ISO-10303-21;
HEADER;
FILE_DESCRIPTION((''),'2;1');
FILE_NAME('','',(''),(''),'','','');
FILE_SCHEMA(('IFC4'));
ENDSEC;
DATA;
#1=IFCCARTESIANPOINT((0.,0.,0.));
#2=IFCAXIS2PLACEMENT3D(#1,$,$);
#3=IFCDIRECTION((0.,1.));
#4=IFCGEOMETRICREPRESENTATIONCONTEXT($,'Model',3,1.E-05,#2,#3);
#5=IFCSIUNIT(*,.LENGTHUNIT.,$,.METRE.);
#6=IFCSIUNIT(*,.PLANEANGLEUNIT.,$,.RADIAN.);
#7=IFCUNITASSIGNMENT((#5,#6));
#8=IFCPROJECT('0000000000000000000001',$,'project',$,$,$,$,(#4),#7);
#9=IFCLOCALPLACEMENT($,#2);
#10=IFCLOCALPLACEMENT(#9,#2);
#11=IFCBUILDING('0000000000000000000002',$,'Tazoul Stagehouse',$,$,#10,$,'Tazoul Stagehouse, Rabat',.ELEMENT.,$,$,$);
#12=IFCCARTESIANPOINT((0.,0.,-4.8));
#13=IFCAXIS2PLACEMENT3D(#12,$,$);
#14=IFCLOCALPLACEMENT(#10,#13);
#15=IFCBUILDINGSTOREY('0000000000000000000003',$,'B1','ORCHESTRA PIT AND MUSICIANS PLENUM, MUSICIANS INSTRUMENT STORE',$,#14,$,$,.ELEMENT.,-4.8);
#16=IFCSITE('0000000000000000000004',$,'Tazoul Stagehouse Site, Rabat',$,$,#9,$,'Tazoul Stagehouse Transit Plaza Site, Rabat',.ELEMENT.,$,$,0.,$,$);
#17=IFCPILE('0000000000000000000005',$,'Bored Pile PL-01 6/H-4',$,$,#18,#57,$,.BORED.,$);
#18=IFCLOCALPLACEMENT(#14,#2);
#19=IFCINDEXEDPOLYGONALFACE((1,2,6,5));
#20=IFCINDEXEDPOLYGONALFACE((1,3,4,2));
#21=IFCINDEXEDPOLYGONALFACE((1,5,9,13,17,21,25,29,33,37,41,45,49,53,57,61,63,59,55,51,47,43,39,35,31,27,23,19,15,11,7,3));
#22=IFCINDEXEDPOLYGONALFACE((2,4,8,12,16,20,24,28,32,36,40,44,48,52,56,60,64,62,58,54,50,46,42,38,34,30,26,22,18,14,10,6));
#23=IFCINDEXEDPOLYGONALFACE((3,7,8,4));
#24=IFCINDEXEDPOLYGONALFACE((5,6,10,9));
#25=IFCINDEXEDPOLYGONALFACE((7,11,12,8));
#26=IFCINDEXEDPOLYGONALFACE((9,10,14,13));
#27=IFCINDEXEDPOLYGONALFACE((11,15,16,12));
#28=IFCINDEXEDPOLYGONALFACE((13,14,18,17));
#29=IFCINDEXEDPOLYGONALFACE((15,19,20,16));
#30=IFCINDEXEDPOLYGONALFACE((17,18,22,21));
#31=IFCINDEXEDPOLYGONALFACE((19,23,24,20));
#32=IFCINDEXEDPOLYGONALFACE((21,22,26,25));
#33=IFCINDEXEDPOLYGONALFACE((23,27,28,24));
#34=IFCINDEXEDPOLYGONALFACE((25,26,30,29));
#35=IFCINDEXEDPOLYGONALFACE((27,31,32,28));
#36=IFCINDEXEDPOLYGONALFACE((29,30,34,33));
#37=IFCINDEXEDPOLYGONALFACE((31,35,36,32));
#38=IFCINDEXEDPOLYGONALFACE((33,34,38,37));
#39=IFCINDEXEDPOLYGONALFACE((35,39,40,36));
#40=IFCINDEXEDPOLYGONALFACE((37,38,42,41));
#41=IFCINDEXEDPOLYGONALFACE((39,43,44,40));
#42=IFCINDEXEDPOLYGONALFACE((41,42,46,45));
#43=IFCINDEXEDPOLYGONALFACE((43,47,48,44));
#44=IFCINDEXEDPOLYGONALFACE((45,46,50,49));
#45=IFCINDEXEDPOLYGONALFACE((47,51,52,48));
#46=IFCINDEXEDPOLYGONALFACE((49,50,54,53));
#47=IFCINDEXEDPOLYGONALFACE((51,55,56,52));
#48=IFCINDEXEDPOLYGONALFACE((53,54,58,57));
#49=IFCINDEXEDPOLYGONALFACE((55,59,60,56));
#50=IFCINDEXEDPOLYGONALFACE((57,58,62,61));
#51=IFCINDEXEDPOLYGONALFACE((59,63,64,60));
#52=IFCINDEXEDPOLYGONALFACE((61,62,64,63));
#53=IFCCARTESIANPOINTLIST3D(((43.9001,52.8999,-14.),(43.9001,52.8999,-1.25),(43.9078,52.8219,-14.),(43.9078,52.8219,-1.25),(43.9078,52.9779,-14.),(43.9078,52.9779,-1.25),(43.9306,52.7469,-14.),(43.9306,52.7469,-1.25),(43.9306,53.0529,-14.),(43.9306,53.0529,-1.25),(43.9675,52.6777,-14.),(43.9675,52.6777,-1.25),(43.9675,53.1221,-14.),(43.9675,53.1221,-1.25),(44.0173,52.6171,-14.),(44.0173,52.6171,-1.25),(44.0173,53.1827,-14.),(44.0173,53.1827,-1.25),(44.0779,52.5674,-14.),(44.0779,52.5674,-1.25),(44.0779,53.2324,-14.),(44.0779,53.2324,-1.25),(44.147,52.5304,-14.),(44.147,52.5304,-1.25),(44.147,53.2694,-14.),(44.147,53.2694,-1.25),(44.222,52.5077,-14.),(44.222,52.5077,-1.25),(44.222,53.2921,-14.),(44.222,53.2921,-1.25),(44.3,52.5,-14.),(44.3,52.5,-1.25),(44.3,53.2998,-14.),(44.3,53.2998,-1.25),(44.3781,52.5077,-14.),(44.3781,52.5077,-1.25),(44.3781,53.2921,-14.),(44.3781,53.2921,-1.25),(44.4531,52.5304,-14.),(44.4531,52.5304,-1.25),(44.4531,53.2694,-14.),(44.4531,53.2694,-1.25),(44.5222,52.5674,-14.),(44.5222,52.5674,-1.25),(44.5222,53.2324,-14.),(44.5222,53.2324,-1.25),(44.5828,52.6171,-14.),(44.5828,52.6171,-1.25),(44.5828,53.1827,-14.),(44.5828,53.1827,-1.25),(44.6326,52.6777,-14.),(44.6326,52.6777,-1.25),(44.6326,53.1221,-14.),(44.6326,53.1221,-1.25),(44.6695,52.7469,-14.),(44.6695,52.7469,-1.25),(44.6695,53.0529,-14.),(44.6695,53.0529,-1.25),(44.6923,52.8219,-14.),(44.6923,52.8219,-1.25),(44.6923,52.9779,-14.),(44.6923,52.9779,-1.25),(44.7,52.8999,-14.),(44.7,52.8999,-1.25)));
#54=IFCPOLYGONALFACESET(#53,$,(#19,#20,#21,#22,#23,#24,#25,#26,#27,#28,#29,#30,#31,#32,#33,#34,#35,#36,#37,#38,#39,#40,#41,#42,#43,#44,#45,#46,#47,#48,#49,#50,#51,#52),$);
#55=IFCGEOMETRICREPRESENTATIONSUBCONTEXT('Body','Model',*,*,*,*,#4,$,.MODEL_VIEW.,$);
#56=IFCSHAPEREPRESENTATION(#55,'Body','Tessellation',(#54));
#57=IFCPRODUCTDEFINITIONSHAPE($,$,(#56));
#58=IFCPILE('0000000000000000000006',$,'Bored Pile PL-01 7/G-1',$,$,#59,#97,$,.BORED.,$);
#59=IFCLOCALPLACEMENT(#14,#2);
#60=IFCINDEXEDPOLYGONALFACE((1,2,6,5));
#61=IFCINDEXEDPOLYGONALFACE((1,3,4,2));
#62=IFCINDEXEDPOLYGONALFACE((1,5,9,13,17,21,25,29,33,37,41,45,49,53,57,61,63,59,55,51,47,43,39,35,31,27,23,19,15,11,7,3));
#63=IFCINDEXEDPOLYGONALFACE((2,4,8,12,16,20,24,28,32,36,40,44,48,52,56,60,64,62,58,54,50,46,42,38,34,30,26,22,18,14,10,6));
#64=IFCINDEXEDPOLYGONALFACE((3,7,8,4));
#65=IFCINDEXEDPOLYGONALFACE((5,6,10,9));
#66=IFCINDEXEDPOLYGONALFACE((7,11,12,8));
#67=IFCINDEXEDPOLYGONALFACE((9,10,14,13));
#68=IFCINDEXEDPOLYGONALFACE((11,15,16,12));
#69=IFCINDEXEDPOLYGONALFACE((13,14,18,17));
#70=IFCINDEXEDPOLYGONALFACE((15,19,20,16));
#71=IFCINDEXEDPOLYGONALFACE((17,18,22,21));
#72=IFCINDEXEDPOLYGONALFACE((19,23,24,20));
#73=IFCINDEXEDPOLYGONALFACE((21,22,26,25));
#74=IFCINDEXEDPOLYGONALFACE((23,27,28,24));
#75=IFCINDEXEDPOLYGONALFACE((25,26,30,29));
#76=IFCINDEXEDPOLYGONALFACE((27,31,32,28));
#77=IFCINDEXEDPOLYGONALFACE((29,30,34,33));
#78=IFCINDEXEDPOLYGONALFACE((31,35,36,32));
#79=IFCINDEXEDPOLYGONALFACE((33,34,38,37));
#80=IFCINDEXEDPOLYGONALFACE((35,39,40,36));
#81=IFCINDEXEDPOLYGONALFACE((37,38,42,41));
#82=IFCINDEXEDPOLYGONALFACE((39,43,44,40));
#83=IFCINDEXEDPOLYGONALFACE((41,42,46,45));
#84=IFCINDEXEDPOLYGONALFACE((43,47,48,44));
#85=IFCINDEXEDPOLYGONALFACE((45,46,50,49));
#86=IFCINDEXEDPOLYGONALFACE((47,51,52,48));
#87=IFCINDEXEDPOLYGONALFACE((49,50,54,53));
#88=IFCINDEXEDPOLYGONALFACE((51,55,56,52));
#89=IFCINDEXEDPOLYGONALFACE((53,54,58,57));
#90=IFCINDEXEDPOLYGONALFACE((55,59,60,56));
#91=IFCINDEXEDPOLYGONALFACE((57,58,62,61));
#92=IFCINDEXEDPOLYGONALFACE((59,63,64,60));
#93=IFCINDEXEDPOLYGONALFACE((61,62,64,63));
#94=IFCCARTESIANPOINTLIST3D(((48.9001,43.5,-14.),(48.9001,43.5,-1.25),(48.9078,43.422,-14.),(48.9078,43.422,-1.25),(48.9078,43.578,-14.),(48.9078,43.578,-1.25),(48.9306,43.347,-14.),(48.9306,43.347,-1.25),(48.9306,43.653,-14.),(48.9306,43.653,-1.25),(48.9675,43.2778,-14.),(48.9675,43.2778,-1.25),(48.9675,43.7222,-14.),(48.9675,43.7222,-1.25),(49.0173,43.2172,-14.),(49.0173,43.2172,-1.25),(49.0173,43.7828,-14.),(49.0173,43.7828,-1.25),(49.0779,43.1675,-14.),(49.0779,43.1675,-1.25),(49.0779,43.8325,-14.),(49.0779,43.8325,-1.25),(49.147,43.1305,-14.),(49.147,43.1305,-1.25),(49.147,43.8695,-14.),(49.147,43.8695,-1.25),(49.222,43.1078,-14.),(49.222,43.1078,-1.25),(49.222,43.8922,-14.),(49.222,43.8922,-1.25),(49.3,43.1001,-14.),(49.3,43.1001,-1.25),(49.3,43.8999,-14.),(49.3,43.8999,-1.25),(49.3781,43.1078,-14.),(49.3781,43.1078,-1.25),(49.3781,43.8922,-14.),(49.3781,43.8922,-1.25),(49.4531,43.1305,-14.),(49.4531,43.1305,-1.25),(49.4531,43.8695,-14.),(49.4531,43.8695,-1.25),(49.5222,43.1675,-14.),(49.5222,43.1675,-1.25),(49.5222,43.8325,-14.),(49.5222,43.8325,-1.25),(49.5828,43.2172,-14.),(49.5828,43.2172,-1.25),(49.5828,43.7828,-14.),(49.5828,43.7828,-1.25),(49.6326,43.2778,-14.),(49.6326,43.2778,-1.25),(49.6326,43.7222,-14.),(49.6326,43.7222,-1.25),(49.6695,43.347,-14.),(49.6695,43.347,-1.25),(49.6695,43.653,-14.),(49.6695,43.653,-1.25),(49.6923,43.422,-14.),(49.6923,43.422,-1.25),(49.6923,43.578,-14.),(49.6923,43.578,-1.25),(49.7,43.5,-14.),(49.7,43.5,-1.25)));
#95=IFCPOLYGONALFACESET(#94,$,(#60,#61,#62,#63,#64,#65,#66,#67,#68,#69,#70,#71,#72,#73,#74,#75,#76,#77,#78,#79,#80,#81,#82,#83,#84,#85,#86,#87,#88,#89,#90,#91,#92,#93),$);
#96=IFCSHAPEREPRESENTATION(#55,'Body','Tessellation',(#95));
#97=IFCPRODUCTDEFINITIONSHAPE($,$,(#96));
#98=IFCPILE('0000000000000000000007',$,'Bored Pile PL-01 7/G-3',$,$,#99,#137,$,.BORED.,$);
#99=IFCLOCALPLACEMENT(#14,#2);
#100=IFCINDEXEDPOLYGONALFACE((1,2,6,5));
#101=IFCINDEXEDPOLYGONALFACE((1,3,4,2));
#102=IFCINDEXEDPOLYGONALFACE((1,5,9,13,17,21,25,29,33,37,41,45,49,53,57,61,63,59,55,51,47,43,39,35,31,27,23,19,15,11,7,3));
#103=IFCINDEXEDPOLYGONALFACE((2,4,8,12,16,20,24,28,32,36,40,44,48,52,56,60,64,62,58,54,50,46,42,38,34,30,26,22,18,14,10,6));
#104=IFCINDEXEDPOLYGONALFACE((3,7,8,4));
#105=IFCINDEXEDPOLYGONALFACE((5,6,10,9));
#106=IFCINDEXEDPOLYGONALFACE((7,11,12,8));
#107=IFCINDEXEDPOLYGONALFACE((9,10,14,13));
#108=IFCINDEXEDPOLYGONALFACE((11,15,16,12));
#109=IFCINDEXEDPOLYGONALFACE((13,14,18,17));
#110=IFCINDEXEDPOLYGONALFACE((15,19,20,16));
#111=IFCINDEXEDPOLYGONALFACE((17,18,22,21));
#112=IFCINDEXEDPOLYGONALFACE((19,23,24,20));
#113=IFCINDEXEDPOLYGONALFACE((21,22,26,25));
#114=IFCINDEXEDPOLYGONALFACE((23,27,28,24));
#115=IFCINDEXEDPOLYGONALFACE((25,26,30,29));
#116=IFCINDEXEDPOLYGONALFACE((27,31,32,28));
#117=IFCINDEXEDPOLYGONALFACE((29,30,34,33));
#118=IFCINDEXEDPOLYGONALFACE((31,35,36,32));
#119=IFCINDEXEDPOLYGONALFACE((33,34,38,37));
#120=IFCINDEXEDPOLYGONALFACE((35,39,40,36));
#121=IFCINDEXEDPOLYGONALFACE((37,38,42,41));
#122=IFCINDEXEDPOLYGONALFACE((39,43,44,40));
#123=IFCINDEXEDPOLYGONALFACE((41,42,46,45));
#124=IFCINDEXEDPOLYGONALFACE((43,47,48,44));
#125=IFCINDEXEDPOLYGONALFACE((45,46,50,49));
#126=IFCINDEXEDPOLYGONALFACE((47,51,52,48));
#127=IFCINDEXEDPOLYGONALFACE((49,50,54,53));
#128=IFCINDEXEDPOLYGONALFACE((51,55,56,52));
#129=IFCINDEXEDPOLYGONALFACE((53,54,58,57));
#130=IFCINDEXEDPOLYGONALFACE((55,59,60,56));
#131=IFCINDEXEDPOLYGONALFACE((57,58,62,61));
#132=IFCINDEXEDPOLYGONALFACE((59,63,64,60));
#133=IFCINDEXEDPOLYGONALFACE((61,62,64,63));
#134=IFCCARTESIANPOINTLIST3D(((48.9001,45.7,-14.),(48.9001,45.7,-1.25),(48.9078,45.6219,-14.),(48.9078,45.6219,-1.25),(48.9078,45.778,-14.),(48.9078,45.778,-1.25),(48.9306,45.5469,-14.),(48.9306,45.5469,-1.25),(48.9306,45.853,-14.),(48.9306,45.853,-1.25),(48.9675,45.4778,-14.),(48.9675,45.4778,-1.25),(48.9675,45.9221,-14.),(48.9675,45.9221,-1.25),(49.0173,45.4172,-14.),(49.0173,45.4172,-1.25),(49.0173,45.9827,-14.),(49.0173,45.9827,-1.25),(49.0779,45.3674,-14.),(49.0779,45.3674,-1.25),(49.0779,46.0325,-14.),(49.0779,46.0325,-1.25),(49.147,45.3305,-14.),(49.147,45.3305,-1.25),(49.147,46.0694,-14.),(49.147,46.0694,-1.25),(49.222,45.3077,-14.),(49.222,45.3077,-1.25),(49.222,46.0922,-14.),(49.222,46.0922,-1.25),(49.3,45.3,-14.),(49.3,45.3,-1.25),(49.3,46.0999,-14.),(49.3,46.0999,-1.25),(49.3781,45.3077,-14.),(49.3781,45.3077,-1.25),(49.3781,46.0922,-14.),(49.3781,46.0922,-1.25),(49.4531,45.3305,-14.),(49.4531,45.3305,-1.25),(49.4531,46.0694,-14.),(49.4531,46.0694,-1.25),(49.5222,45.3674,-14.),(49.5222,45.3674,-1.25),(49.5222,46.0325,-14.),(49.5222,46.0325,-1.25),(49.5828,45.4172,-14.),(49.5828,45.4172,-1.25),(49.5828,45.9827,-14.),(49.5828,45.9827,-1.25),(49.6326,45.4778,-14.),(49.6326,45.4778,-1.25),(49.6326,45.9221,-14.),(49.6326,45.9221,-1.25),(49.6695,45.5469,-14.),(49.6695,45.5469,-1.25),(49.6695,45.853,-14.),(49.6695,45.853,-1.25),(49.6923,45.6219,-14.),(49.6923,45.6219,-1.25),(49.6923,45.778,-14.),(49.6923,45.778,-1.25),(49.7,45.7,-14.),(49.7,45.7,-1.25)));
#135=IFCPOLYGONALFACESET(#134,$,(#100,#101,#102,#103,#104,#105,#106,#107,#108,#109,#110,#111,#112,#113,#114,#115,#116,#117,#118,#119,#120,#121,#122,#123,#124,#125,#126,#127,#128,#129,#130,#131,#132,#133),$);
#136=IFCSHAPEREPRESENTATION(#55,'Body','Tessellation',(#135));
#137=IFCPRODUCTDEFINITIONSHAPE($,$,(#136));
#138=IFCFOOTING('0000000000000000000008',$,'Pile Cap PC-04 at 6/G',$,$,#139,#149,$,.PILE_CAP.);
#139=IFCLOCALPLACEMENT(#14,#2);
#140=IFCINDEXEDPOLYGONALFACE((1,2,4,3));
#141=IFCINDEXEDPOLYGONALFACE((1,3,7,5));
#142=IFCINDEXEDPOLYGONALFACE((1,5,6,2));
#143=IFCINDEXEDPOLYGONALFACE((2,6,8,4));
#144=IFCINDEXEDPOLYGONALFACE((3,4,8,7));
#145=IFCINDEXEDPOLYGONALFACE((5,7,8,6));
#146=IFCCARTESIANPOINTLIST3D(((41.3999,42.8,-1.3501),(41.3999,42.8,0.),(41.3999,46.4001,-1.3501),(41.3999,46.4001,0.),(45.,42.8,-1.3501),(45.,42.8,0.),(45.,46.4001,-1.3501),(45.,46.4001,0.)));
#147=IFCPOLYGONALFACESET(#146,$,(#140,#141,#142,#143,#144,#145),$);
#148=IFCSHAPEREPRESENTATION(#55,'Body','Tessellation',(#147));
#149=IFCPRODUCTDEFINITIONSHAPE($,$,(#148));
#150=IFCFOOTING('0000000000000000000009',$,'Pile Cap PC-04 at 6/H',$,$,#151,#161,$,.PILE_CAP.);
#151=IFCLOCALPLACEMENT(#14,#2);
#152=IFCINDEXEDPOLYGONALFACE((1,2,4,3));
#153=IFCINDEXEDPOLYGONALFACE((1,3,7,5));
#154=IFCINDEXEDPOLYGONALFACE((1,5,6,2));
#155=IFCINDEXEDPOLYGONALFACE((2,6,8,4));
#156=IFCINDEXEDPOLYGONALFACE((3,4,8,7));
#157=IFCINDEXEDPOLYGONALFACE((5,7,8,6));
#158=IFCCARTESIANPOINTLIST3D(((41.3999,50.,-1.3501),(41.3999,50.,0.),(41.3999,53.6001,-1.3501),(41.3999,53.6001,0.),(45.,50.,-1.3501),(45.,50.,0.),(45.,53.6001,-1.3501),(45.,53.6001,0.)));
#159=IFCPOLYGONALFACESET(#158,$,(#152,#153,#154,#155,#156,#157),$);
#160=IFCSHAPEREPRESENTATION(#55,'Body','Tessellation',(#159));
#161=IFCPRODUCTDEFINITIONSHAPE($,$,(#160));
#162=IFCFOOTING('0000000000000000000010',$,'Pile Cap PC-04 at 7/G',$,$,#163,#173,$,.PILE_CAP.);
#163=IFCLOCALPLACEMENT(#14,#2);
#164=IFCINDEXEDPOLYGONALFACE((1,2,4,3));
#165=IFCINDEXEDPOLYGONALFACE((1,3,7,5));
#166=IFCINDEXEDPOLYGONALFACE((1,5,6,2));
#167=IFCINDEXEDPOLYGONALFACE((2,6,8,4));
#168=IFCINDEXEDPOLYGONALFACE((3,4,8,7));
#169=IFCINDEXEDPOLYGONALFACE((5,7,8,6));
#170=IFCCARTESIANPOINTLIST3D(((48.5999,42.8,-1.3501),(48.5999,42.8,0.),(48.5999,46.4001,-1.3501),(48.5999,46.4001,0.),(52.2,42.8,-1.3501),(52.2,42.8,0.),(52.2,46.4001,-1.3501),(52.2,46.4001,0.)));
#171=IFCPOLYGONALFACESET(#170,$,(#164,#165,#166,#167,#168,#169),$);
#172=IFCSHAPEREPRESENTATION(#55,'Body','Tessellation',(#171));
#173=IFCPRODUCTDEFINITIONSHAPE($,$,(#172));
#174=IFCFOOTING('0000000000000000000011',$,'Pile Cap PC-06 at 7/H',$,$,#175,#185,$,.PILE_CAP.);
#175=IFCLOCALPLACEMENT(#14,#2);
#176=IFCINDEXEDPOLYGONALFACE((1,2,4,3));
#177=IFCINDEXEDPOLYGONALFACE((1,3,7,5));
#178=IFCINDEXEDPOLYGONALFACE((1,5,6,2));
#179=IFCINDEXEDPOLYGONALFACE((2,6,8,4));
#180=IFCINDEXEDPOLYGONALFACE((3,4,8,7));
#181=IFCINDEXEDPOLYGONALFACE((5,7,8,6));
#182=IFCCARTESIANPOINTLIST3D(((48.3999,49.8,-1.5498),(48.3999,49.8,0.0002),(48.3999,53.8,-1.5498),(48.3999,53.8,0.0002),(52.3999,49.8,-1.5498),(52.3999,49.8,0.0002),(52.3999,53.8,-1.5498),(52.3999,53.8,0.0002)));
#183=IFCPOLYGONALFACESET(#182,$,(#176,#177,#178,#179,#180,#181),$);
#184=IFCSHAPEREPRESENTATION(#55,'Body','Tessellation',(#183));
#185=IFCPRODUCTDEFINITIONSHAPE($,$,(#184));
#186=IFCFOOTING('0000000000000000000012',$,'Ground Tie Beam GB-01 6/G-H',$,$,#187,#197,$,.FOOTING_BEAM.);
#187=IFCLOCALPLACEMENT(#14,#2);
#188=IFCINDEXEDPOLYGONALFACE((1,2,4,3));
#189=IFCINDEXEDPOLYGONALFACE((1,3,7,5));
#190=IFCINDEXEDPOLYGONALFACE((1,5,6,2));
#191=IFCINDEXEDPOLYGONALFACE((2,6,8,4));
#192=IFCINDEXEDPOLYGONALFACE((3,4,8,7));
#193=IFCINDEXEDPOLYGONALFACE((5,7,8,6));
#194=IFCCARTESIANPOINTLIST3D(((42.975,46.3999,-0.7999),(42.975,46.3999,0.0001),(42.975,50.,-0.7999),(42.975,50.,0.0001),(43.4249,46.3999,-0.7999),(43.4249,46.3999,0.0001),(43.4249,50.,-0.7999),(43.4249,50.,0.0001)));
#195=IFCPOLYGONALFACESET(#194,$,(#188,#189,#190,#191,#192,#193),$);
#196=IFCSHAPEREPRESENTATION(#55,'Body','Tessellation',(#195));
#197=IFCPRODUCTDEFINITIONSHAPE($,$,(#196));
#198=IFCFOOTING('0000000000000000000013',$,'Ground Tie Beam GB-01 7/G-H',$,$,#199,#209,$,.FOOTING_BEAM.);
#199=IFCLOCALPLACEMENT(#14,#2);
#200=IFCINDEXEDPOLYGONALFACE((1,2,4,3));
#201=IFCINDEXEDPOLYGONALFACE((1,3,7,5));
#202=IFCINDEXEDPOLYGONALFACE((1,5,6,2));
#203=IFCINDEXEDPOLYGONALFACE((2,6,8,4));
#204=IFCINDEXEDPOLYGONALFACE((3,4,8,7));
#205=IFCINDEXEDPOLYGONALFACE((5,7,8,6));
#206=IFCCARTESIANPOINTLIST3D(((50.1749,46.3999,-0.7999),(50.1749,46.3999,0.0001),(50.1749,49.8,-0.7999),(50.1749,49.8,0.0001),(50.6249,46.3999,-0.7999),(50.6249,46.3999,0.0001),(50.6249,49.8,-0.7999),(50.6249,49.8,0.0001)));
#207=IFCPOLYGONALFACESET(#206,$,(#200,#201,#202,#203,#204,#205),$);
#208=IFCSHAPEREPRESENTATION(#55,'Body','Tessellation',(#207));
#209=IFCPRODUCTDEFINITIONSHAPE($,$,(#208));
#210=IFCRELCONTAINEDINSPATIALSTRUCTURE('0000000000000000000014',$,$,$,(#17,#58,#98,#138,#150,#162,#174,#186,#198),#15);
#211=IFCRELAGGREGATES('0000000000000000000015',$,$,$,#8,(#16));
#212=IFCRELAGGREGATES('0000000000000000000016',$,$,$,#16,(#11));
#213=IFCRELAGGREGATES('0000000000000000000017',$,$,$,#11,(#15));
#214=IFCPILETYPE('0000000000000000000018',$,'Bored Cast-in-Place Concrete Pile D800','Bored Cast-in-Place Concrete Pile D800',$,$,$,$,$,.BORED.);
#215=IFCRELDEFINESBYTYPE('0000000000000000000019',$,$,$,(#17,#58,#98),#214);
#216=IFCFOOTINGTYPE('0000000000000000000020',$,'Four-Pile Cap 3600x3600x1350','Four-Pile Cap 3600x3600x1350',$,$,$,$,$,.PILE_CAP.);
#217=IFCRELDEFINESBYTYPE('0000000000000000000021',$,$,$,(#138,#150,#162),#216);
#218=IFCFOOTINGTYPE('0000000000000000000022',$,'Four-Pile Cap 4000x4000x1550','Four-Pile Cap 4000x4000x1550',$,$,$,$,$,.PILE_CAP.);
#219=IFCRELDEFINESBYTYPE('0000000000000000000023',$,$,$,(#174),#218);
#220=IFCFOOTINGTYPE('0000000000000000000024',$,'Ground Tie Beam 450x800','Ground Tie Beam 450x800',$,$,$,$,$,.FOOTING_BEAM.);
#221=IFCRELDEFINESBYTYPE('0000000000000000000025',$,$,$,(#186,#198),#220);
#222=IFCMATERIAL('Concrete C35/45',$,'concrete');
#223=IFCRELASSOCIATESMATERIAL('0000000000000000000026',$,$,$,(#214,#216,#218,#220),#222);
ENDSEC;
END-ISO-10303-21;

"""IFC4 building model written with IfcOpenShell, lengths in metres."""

from ifc_helpers import new_model, si_unit, direction, frame, origin, origin_2d, place, context, subcontext, project, spatial, rectangle, circle, extrude, material, material_profile, profile_set, type_object, element, save


model = new_model("IFC4")

# Units and contexts
model_context = context("Model", 3, precision=1e-05, world=origin(), true_north=direction((0.0, 1.0)))
body_context = subcontext(model_context, "Body", "Model", "MODEL_VIEW")
ifc_project = project(units=[si_unit("LENGTHUNIT", "METRE"), si_unit("PLANEANGLEUNIT", "RADIAN")], contexts=[model_context])

# Site, building, storey
site_placement = place(None, origin())
site = spatial("IfcSite", under=ifc_project, at=site_placement, Name="Tazoul Stagehouse Site, Rabat", LongName="Tazoul Stagehouse Transit Plaza Site, Rabat", CompositionType="ELEMENT", RefElevation=0.0)
building_placement = place(site_placement, origin())
building = spatial("IfcBuilding", under=site, at=building_placement, Name="Tazoul Stagehouse", LongName="Tazoul Stagehouse, Rabat", CompositionType="ELEMENT")
storey_placement = place(building_placement, frame((0.0, 0.0, -4.8)))
storey = spatial("IfcBuildingStorey", under=building, at=storey_placement, Name="B1", Description="ORCHESTRA PIT AND MUSICIANS PLENUM, MUSICIANS INSTRUMENT STORE", CompositionType="ELEMENT", Elevation=-4.8)

# Piles
ifc_material_1 = material(Name="Concrete C35/45", Category="concrete")
ifc_material_profile_1 = material_profile(ifc_material_1, circle(Radius=0.3999, at=origin_2d()), Name="BORED PILE 800")
ifc_profile_set_1 = profile_set([ifc_material_profile_1], Name="Concrete C35/45")
pile_type_1 = type_object("IfcPileType", Name="Bored Cast-in-Place Concrete Pile D800", Description="Bored Cast-in-Place Concrete Pile D800", PredefinedType="BORED", material=ifc_profile_set_1)
for number, where, z_axis, x_axis, name in (
    (1, (44.3, 52.8999, -1.25), (0.0, 0.0, -1.0), (1.0, 0.0, 0.0), "Bored Pile PL-01 6/H-4"),
    (2, (49.3, 43.5, -1.25), (0.0, 0.0, -1.0), (1.0, 0.0, 0.0), "Bored Pile PL-01 7/G-1"),
    (3, (49.3, 45.7, -1.25), (0.0, 0.0, -1.0), (1.0, 0.0, 0.0), "Bored Pile PL-01 7/G-3"),
):
    element("IfcPile", number, at=place(storey_placement, frame(where, z_axis=z_axis, x_axis=x_axis)), inside=storey, type_object=pile_type_1, Name=name, PredefinedType="BORED", context=body_context, shape_type="SweptSolid", body=[
        extrude(circle(Radius=0.3999, at=origin_2d()), origin(), (0.0, 0.0, 1.0), 12.75),
    ])

# Footings
footing_type_1 = type_object("IfcFootingType", Name="Four-Pile Cap 3600x3600x1350", Description="Four-Pile Cap 3600x3600x1350", PredefinedType="PILE_CAP", material=ifc_material_1)
for number, where, z_axis, x_axis, name in (
    (4, (43.2, 44.6001, -1.3501), (0.0, 0.0, 1.0), (1.0, 0.0, 0.0), "Pile Cap PC-04 at 6/G"),
    (5, (43.2, 51.8, -1.3501), (0.0, 0.0, 1.0), (1.0, 0.0, 0.0), "Pile Cap PC-04 at 6/H"),
    (6, (50.3999, 44.6001, -1.3501), (0.0, 0.0, 1.0), (1.0, 0.0, 0.0), "Pile Cap PC-04 at 7/G"),
):
    element("IfcFooting", number, at=place(storey_placement, frame(where, z_axis=z_axis, x_axis=x_axis)), inside=storey, type_object=footing_type_1, Name=name, PredefinedType="PILE_CAP", context=body_context, shape_type="SweptSolid", body=[
        extrude(rectangle(XDim=3.6001, YDim=3.6001, at=origin_2d()), origin(), (0.0, 0.0, 1.0), 1.3501),
    ])
footing_type_2 = type_object("IfcFootingType", Name="Four-Pile Cap 4000x4000x1550", Description="Four-Pile Cap 4000x4000x1550", PredefinedType="PILE_CAP", material=ifc_material_1)
footing_1_placement = place(storey_placement, frame((50.3999, 51.8, -1.5498), z_axis=(0.0, 0.0, 1.0), x_axis=(1.0, 0.0, 0.0)))
element("IfcFooting", 7, at=footing_1_placement, inside=storey, type_object=footing_type_2, Name="Pile Cap PC-06 at 7/H", PredefinedType="PILE_CAP", context=body_context, shape_type="SweptSolid", body=[
    extrude(rectangle(XDim=4.0, YDim=4.0, at=origin_2d()), origin(), (0.0, 0.0, 1.0), 1.55),
])
ifc_material_profile_2 = material_profile(ifc_material_1, rectangle(XDim=0.45, YDim=0.8, at=origin_2d()), Name="RC 450x800")
ifc_profile_set_2 = profile_set([ifc_material_profile_2], Name="Concrete C35/45")
footing_type_3 = type_object("IfcFootingType", Name="Ground Tie Beam 450x800", Description="Ground Tie Beam 450x800", PredefinedType="FOOTING_BEAM", material=ifc_profile_set_2)
footing_2_placement = place(storey_placement, frame((43.2, 46.3999, -0.3999), z_axis=(0.0, 1.0, 0.0), x_axis=(-1.0, 0.0, 0.0)))
element("IfcFooting", 8, at=footing_2_placement, inside=storey, type_object=footing_type_3, Name="Ground Tie Beam GB-01 6/G-H", PredefinedType="FOOTING_BEAM", context=body_context, shape_type="SweptSolid", body=[
    extrude(rectangle(XDim=0.45, YDim=0.8, at=origin_2d()), origin(), (0.0, 0.0, 1.0), 3.6001),
])
footing_3_placement = place(storey_placement, frame((50.3999, 46.3999, -0.3999), z_axis=(0.0, 1.0, 0.0), x_axis=(-1.0, 0.0, 0.0)))
element("IfcFooting", 9, at=footing_3_placement, inside=storey, type_object=footing_type_3, Name="Ground Tie Beam GB-01 7/G-H", PredefinedType="FOOTING_BEAM", context=body_context, shape_type="SweptSolid", body=[
    extrude(rectangle(XDim=0.45, YDim=0.8, at=origin_2d()), origin(), (0.0, 0.0, 1.0), 3.4001),
])

save(model, "model.ifc")
